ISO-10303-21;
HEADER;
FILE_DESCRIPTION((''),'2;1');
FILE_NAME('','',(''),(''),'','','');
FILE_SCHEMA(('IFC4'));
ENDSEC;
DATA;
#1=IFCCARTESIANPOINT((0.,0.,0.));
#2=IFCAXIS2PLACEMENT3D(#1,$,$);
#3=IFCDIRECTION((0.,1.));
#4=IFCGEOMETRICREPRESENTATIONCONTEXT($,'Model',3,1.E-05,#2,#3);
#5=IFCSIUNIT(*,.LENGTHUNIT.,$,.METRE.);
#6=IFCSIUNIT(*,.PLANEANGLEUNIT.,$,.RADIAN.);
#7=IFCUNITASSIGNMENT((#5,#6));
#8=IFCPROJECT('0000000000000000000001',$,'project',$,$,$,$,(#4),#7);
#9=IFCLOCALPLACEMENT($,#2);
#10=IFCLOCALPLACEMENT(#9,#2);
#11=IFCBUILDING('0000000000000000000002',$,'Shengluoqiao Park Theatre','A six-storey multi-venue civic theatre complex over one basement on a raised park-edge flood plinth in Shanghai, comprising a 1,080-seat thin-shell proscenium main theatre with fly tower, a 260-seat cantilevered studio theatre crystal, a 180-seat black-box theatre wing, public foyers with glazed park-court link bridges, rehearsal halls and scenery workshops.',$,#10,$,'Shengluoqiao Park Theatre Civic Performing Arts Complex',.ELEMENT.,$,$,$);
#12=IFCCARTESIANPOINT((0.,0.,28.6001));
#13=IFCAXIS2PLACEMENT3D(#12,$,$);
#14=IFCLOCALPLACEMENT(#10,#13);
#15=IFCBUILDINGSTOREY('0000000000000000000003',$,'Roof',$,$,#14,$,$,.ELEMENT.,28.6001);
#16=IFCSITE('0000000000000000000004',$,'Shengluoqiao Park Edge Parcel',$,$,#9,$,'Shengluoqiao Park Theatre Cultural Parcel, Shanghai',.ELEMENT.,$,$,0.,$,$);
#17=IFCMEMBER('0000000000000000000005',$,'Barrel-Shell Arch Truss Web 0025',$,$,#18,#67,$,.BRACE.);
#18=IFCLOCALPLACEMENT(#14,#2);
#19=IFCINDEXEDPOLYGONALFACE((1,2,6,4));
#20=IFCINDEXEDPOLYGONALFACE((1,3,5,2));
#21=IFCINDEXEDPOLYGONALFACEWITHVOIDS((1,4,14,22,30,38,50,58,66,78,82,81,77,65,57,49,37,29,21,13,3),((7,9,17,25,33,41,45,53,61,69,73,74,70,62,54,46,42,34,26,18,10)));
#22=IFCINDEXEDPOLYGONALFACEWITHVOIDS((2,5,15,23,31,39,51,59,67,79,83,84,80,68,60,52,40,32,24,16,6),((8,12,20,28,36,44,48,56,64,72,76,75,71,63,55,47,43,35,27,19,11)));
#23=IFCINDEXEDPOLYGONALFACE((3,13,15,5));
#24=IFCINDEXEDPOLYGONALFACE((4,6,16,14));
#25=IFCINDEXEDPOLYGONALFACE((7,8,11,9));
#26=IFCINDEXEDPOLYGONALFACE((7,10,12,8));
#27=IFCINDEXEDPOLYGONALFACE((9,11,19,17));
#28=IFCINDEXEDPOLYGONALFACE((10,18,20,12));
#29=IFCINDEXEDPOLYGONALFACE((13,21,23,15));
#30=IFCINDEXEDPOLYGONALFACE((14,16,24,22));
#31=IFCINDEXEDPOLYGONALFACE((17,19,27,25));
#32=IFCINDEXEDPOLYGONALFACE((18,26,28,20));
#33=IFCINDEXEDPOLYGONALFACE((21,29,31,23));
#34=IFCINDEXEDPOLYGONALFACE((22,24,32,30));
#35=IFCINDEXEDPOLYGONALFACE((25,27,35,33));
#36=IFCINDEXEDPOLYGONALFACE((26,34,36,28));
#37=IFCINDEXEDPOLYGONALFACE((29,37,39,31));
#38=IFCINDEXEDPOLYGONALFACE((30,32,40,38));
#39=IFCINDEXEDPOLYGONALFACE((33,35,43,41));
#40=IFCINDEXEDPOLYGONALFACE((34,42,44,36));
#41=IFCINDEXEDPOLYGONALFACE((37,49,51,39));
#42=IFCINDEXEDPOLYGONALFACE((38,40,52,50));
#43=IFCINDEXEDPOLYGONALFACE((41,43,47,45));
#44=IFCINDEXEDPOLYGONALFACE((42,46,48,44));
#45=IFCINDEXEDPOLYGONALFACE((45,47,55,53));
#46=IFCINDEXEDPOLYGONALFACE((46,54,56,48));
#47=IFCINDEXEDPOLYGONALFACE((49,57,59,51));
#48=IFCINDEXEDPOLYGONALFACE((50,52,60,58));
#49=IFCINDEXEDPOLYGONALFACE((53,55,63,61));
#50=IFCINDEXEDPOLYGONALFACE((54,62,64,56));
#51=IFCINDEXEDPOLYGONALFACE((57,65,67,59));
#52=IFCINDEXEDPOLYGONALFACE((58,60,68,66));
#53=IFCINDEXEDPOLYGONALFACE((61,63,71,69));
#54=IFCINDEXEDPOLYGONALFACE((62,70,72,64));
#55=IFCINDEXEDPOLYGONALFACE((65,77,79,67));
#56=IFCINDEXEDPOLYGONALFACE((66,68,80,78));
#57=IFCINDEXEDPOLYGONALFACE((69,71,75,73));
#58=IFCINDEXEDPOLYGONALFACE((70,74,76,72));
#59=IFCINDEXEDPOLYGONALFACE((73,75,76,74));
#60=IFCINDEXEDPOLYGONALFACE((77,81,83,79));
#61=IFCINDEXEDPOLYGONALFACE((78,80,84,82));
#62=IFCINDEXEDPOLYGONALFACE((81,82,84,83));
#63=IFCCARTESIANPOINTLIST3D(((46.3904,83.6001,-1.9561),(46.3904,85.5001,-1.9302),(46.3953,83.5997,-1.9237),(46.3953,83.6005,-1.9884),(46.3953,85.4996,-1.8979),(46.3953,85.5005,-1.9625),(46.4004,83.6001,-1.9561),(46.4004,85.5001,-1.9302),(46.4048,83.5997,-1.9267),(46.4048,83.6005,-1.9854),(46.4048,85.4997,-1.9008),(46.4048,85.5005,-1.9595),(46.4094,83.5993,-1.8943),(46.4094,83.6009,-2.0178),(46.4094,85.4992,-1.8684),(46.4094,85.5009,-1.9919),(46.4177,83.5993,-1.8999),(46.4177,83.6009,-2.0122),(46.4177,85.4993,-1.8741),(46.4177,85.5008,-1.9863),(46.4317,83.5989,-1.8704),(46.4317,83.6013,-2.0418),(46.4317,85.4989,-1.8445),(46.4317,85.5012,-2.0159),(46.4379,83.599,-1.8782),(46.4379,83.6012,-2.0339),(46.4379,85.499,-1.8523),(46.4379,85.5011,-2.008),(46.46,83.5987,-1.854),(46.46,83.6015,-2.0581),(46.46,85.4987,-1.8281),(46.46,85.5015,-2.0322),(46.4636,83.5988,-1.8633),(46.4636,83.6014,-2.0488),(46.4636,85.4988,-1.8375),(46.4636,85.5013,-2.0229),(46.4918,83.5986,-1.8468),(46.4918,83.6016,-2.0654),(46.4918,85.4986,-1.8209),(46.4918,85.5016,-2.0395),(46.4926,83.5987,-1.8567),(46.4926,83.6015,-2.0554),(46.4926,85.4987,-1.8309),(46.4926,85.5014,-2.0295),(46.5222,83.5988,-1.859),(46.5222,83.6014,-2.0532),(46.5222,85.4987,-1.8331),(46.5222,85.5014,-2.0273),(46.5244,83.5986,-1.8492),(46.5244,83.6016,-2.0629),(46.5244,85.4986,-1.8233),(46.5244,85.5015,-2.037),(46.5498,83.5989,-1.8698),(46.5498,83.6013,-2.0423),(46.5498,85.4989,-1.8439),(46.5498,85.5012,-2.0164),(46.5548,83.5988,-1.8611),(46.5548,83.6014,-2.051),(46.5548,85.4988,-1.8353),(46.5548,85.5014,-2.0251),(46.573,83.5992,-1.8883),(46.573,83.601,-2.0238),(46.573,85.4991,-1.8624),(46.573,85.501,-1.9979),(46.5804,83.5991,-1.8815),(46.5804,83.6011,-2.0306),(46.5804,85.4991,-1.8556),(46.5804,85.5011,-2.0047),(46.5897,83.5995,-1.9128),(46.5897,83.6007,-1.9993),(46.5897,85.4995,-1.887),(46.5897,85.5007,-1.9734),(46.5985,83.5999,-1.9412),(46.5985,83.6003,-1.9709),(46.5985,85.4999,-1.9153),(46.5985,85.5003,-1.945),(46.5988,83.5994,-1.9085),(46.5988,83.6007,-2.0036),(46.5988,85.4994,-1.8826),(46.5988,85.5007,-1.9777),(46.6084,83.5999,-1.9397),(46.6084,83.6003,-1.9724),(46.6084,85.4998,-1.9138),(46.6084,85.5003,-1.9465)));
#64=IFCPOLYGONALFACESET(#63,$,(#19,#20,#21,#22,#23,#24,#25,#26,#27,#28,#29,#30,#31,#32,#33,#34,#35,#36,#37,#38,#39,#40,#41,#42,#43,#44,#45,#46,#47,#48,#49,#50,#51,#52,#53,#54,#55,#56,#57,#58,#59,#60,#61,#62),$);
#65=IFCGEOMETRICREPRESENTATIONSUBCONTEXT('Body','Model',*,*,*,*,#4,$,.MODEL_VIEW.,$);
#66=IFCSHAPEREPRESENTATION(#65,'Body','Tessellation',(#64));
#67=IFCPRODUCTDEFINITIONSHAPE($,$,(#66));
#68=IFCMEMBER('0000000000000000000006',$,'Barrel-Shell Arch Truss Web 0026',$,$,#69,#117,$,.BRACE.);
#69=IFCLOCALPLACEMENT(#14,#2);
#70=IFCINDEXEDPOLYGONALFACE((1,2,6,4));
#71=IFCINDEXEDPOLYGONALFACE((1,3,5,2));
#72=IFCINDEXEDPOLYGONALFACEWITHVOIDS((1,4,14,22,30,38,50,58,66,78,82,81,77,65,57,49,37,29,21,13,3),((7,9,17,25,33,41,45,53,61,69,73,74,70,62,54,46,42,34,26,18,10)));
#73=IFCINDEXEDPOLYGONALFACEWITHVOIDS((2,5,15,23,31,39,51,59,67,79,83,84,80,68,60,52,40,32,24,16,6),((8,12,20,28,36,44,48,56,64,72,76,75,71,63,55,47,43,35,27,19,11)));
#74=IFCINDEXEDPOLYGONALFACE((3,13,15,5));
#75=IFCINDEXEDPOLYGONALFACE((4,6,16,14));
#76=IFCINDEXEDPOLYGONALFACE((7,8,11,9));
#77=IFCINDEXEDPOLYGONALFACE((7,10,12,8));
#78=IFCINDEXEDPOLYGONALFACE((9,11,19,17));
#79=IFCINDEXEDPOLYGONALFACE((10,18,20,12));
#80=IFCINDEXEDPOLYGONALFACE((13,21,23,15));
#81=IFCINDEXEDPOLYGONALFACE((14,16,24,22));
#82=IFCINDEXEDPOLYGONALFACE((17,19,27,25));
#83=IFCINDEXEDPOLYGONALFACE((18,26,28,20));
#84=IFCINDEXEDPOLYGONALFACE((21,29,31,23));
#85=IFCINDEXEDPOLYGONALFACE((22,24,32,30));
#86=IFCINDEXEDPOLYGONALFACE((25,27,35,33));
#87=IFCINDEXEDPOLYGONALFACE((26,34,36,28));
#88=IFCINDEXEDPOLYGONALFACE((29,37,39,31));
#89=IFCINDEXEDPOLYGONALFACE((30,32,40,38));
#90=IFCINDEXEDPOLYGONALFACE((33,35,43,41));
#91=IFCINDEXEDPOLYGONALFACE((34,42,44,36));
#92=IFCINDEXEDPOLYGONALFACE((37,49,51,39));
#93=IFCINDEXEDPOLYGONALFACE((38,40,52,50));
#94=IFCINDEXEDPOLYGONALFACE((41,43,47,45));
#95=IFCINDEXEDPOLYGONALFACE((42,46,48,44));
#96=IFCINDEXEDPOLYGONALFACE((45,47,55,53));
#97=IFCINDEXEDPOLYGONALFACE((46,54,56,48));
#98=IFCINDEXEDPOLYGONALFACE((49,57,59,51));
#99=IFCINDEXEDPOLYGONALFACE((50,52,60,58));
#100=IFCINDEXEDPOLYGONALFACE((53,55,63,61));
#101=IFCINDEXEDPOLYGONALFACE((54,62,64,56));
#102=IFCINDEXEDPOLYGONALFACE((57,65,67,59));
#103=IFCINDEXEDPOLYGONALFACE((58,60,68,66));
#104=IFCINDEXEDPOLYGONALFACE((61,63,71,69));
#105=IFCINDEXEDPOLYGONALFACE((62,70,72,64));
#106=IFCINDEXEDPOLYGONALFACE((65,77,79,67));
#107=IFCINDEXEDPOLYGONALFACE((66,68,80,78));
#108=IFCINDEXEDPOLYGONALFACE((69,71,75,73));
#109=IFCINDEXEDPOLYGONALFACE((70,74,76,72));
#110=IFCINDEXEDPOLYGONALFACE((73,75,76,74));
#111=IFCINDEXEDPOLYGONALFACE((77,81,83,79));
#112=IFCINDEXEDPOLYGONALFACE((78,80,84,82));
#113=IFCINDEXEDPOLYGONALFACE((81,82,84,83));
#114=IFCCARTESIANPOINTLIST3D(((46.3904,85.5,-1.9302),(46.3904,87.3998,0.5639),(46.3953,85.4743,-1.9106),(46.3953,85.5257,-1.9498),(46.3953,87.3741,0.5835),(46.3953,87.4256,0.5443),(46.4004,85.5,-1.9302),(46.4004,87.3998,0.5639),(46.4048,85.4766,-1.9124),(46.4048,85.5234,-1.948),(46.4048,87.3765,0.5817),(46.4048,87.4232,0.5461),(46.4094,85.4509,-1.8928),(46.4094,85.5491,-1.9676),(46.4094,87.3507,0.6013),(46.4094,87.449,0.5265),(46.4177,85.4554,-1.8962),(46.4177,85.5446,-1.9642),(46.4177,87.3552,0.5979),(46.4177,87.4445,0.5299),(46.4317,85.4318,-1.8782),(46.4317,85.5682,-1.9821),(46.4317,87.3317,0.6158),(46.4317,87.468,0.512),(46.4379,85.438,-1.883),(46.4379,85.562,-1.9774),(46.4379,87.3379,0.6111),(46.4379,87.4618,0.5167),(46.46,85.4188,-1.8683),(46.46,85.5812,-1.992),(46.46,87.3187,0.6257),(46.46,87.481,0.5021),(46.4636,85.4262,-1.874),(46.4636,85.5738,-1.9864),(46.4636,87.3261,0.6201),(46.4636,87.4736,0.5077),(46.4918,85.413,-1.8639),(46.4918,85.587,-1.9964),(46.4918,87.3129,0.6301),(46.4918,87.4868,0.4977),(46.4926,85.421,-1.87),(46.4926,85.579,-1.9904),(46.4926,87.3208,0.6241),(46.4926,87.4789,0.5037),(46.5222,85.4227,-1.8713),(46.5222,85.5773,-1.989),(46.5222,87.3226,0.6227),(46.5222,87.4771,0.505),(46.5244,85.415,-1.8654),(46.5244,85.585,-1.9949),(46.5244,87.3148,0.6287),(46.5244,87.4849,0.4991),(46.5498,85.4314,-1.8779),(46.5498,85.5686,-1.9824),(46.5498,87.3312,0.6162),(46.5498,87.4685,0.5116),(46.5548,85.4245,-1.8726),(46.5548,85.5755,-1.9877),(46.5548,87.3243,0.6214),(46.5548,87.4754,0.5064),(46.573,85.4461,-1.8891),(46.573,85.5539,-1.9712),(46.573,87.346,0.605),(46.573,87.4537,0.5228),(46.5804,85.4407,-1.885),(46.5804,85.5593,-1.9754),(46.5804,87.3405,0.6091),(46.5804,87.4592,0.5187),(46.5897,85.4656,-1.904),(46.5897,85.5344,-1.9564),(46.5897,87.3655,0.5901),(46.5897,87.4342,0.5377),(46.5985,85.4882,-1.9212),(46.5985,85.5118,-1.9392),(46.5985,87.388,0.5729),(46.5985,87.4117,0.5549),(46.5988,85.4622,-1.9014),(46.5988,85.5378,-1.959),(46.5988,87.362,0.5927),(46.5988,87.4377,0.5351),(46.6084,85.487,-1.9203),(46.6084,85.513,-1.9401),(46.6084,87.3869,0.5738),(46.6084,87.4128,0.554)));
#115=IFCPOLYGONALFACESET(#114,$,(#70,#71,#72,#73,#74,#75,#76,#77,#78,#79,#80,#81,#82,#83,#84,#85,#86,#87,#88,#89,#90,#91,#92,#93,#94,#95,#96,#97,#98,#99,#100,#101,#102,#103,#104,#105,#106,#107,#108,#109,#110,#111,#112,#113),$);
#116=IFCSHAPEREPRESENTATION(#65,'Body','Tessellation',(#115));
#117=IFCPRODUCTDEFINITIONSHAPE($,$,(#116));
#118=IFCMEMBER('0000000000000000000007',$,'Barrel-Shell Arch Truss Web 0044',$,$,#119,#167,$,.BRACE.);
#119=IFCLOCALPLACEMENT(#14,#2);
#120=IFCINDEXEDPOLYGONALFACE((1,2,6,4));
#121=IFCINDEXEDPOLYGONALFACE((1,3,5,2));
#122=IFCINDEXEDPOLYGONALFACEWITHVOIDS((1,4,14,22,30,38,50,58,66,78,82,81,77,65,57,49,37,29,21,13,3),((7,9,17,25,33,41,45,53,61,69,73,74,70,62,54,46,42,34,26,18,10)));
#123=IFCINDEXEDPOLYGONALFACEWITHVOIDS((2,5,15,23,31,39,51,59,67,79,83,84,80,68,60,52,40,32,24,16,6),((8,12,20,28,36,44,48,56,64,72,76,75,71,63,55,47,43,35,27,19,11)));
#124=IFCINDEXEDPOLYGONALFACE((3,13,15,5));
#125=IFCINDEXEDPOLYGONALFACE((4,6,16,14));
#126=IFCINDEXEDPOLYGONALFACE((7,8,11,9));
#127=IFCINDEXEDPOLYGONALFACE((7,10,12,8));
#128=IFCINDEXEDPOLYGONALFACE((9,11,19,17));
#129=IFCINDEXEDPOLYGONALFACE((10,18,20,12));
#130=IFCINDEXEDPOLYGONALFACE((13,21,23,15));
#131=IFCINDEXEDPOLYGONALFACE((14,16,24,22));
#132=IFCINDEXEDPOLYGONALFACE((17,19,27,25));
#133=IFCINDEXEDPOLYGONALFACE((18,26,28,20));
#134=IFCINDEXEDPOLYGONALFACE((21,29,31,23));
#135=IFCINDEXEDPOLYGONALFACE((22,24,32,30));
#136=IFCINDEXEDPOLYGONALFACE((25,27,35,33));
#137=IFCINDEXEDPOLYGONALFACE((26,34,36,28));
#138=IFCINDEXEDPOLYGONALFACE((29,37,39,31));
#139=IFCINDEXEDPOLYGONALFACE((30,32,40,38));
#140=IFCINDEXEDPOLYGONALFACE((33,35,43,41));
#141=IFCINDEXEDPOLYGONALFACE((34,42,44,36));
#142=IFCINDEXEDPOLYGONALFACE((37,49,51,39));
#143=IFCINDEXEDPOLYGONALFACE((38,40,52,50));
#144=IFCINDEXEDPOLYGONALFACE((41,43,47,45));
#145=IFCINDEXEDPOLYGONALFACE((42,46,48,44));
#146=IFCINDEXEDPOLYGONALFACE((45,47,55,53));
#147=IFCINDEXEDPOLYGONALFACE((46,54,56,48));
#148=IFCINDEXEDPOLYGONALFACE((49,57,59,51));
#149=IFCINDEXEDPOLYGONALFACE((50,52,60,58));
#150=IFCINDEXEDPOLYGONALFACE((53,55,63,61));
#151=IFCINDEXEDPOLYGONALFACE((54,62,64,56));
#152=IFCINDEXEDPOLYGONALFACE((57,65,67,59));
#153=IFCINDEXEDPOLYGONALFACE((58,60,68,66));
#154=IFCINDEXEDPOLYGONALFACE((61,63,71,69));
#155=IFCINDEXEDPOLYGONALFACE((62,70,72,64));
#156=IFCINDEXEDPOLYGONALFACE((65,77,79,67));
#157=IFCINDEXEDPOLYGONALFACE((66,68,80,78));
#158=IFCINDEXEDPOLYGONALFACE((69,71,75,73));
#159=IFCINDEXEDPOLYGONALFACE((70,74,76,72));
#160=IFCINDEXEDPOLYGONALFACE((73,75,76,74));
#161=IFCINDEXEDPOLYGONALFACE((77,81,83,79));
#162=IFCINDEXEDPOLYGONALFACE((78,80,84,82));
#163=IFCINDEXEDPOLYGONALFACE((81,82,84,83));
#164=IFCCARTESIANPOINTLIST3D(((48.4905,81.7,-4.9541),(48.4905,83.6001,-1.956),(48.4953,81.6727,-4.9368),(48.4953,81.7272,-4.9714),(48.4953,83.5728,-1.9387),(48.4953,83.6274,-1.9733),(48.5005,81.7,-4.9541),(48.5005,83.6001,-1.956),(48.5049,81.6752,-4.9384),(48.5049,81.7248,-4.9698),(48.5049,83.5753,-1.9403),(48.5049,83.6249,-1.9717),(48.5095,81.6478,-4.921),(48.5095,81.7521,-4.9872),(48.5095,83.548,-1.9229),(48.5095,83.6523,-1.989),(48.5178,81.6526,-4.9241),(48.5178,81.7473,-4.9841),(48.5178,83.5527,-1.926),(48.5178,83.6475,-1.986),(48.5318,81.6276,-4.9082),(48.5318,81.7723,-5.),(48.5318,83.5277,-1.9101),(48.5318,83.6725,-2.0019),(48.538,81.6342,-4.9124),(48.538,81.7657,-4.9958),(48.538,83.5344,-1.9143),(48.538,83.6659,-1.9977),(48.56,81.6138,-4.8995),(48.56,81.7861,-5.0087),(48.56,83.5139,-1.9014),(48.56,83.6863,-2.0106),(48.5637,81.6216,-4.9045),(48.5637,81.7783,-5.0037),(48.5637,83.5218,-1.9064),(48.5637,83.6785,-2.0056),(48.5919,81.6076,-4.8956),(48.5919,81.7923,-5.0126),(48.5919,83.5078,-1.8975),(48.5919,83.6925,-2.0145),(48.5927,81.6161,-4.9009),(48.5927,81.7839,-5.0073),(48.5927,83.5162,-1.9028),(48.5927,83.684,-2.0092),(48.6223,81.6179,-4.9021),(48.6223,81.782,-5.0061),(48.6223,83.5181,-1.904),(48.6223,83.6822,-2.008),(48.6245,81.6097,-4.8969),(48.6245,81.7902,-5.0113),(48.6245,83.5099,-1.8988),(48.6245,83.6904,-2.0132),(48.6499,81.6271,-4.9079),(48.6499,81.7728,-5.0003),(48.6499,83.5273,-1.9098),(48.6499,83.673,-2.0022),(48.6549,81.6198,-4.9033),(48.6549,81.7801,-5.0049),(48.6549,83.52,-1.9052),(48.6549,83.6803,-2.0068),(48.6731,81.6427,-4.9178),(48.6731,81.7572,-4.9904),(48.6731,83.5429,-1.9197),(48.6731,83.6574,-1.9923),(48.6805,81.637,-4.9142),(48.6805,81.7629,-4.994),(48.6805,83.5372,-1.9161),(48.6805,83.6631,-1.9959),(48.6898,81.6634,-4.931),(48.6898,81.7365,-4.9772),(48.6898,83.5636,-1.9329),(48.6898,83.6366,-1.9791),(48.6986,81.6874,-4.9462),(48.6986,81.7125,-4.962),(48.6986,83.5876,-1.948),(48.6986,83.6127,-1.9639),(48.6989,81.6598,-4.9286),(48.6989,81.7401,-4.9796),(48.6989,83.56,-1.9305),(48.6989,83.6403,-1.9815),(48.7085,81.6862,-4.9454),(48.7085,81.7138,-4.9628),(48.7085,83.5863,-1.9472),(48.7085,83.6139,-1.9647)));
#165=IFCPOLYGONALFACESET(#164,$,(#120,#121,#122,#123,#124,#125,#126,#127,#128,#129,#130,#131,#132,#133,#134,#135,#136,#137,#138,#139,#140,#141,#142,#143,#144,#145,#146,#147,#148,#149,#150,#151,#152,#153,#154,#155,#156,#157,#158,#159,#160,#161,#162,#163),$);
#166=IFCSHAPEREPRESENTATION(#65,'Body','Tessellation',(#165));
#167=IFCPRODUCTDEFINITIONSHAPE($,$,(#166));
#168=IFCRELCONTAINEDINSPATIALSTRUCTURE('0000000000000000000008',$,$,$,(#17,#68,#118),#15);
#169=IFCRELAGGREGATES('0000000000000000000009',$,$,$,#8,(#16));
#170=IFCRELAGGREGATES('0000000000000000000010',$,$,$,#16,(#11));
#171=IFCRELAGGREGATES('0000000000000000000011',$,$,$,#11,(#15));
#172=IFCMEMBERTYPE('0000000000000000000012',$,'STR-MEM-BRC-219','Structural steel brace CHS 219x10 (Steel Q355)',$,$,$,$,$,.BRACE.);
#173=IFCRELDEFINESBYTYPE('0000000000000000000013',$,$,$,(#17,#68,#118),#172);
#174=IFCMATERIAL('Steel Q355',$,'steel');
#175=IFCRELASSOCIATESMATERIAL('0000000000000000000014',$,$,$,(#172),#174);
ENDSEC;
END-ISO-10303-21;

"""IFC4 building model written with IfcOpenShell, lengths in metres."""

from ifc_helpers import new_model, si_unit, direction, frame, origin, origin_2d, place, context, subcontext, project, spatial, hollow_circle, extrude, material, material_profile, profile_set, type_object, element, save


model = new_model("IFC4")

# Units and contexts
model_context = context("Model", 3, precision=1e-05, world=origin(), true_north=direction((0.0, 1.0)))
body_context = subcontext(model_context, "Body", "Model", "MODEL_VIEW")
ifc_project = project(units=[si_unit("LENGTHUNIT", "METRE"), si_unit("PLANEANGLEUNIT", "RADIAN")], contexts=[model_context])

# Site, building, storey
site_placement = place(None, origin())
site = spatial("IfcSite", under=ifc_project, at=site_placement, Name="Shengluoqiao Park Edge Parcel", LongName="Shengluoqiao Park Theatre Cultural Parcel, Shanghai", CompositionType="ELEMENT", RefElevation=0.0)
building_placement = place(site_placement, origin())
building = spatial("IfcBuilding", under=site, at=building_placement, Name="Shengluoqiao Park Theatre", Description="A six-storey multi-venue civic theatre complex over one basement on a raised park-edge flood plinth in Shanghai, comprising a 1,080-seat thin-shell proscenium main theatre with fly tower, a 260-seat cantilevered studio theatre crystal, a 180-seat black-box theatre wing, public foyers with glazed park-court link bridges, rehearsal halls and scenery workshops.", LongName="Shengluoqiao Park Theatre Civic Performing Arts Complex", CompositionType="ELEMENT")
storey_placement = place(building_placement, frame((0.0, 0.0, 28.6001)))
storey = spatial("IfcBuildingStorey", under=building, at=storey_placement, Name="Roof", CompositionType="ELEMENT", Elevation=28.6001)

# Shared definitions
ifc_material_1 = material(Name="Steel Q355", Category="steel")

# Members
ifc_material_profile_1 = material_profile(ifc_material_1, hollow_circle(Radius=0.1096, WallThickness=0.01, at=origin_2d()), Name="CHS 219x10")
ifc_profile_set_1 = profile_set([ifc_material_profile_1], Name="Steel Q355")
member_type_1 = type_object("IfcMemberType", Name="STR-MEM-BRC-219", Description="Structural steel brace CHS 219x10 (Steel Q355)", PredefinedType="BRACE", material=ifc_profile_set_1)
member_1_placement = place(storey_placement, frame((46.5, 83.6001, -1.9561), z_axis=(0.0, 0.999907, 0.01362), x_axis=(-1.0, 0.0, 0.0)))
element("IfcMember", 1, at=member_1_placement, inside=storey, type_object=member_type_1, Name="Barrel-Shell Arch Truss Web 0025", PredefinedType="BRACE", context=body_context, shape_type="SweptSolid", body=[
    extrude(hollow_circle(Radius=0.1096, WallThickness=0.01, at=origin_2d()), origin(), (0.0, 0.0, 1.0), 1.9001),
])
member_2_placement = place(storey_placement, frame((46.5, 85.5, -1.9302), z_axis=(0.0, 0.605963, 0.795492), x_axis=(-1.0, 0.0, 0.0)))
element("IfcMember", 2, at=member_2_placement, inside=storey, type_object=member_type_1, Name="Barrel-Shell Arch Truss Web 0026", PredefinedType="BRACE", context=body_context, shape_type="SweptSolid", body=[
    extrude(hollow_circle(Radius=0.1096, WallThickness=0.01, at=origin_2d()), origin(), (0.0, 0.0, 1.0), 3.1353),
])
member_3_placement = place(storey_placement, frame((48.6001, 81.7, -4.9541), z_axis=(0.0, 0.53533, 0.844643), x_axis=(-1.0, 0.0, 0.0)))
element("IfcMember", 3, at=member_3_placement, inside=storey, type_object=member_type_1, Name="Barrel-Shell Arch Truss Web 0044", PredefinedType="BRACE", context=body_context, shape_type="SweptSolid", body=[
    extrude(hollow_circle(Radius=0.1096, WallThickness=0.01, at=origin_2d()), origin(), (0.0, 0.0, 1.0), 3.5496),
])

save(model, "model.ifc")
